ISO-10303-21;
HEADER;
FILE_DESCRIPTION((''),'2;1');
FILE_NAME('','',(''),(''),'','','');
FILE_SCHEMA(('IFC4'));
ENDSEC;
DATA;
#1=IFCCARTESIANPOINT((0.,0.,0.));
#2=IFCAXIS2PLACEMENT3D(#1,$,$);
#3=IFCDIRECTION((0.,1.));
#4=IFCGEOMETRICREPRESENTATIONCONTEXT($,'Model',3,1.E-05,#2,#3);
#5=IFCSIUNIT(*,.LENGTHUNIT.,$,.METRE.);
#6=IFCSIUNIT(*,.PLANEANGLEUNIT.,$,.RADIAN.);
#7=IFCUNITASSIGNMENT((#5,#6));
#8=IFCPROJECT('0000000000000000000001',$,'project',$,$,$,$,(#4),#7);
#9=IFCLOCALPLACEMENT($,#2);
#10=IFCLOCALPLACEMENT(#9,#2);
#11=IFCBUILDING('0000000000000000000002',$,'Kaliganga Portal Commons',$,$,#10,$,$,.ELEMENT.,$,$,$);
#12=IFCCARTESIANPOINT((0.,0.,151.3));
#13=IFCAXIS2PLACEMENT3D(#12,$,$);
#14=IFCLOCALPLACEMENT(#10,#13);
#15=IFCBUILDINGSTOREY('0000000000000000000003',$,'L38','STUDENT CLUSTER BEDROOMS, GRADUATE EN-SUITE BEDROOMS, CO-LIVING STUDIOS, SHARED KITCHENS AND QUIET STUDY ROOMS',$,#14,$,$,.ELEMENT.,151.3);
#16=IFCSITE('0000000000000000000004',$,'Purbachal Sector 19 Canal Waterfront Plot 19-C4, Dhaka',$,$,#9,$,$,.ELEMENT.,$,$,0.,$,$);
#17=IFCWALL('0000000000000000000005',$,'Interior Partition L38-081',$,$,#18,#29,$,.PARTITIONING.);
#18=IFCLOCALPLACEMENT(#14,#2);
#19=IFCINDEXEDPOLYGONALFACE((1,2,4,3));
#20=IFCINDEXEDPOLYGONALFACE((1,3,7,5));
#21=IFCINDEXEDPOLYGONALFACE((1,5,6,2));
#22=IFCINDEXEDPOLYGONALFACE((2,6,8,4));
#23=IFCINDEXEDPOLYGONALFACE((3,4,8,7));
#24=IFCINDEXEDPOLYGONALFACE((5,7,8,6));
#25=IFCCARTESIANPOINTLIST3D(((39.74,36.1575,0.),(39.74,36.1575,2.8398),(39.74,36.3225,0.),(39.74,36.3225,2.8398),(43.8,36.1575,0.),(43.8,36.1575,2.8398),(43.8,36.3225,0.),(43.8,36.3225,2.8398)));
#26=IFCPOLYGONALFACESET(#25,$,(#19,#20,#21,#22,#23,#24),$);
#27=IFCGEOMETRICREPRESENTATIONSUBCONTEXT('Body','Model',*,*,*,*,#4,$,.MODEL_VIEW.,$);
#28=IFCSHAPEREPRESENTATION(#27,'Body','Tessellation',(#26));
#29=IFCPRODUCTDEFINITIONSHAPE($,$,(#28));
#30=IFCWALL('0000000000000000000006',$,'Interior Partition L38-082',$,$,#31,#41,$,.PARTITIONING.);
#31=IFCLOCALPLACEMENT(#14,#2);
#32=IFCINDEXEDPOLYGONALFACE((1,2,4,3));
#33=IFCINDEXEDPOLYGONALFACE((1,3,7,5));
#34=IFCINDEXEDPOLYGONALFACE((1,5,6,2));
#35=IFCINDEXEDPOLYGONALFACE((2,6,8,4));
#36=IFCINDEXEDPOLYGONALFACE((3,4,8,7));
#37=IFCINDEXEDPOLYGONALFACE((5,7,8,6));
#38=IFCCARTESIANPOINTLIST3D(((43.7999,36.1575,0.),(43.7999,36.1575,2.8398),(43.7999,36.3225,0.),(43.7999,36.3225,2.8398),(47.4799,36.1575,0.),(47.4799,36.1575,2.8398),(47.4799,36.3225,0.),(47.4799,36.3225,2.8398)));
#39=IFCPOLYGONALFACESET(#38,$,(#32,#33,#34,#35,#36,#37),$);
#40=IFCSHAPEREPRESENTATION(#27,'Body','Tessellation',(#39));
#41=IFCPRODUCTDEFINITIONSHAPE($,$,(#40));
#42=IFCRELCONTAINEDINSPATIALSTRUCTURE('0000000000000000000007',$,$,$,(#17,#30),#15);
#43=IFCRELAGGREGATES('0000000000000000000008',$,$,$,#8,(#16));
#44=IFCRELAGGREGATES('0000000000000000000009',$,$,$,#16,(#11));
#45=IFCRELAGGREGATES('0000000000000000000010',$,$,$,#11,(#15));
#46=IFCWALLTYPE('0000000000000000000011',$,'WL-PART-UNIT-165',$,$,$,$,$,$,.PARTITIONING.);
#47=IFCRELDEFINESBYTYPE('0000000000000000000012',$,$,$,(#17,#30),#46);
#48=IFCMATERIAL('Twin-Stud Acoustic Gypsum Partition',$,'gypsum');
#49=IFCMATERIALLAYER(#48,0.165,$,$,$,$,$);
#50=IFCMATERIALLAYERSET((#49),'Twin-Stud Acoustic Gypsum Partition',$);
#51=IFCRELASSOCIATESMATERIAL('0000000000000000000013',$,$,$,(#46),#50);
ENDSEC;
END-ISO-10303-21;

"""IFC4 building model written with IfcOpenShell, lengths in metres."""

from ifc_helpers import new_model, si_unit, direction, frame, frame_2d, origin, place, context, subcontext, project, spatial, rectangle, extrude, material, layer, layer_set, type_object, element, save


model = new_model("IFC4")

# Units and contexts
model_context = context("Model", 3, precision=1e-05, world=origin(), true_north=direction((0.0, 1.0)))
body_context = subcontext(model_context, "Body", "Model", "MODEL_VIEW")
ifc_project = project(units=[si_unit("LENGTHUNIT", "METRE"), si_unit("PLANEANGLEUNIT", "RADIAN")], contexts=[model_context])

# Site, building, storey
site_placement = place(None, origin())
site = spatial("IfcSite", under=ifc_project, at=site_placement, Name="Purbachal Sector 19 Canal Waterfront Plot 19-C4, Dhaka", CompositionType="ELEMENT", RefElevation=0.0)
building_placement = place(site_placement, origin())
building = spatial("IfcBuilding", under=site, at=building_placement, Name="Kaliganga Portal Commons", CompositionType="ELEMENT")
storey_placement = place(building_placement, frame((0.0, 0.0, 151.3)))
storey = spatial("IfcBuildingStorey", under=building, at=storey_placement, Name="L38", Description="STUDENT CLUSTER BEDROOMS, GRADUATE EN-SUITE BEDROOMS, CO-LIVING STUDIOS, SHARED KITCHENS AND QUIET STUDY ROOMS", CompositionType="ELEMENT", Elevation=151.3)

# Walls
ifc_material_1 = material(Name="Twin-Stud Acoustic Gypsum Partition", Category="gypsum")
ifc_layer_1 = layer(ifc_material_1, 0.165)
ifc_layer_set_1 = layer_set([ifc_layer_1], Name="Twin-Stud Acoustic Gypsum Partition")
wall_type_1 = type_object("IfcWallType", Name="WL-PART-UNIT-165", PredefinedType="PARTITIONING", material=ifc_layer_set_1)
wall_1_placement = place(storey_placement, frame((39.74, 36.24, 0.0), z_axis=(0.0, 0.0, 1.0), x_axis=(1.0, 0.0, 0.0)))
element("IfcWall", 1, at=wall_1_placement, inside=storey, type_object=wall_type_1, Name="Interior Partition L38-081", PredefinedType="PARTITIONING", context=body_context, shape_type="SweptSolid", body=[
    extrude(rectangle(XDim=4.0601, YDim=0.165, at=frame_2d((2.03, 0.0))), origin(), (0.0, 0.0, 1.0), 2.8398),
])
wall_2_placement = place(storey_placement, frame((43.8, 36.24, 0.0), z_axis=(0.0, 0.0, 1.0), x_axis=(1.0, 0.0, 0.0)))
element("IfcWall", 2, at=wall_2_placement, inside=storey, type_object=wall_type_1, Name="Interior Partition L38-082", PredefinedType="PARTITIONING", context=body_context, shape_type="SweptSolid", body=[
    extrude(rectangle(XDim=3.6799, YDim=0.165, at=frame_2d((1.8398, 0.0))), origin(), (0.0, 0.0, 1.0), 2.8398),
])

save(model, "model.ifc")
